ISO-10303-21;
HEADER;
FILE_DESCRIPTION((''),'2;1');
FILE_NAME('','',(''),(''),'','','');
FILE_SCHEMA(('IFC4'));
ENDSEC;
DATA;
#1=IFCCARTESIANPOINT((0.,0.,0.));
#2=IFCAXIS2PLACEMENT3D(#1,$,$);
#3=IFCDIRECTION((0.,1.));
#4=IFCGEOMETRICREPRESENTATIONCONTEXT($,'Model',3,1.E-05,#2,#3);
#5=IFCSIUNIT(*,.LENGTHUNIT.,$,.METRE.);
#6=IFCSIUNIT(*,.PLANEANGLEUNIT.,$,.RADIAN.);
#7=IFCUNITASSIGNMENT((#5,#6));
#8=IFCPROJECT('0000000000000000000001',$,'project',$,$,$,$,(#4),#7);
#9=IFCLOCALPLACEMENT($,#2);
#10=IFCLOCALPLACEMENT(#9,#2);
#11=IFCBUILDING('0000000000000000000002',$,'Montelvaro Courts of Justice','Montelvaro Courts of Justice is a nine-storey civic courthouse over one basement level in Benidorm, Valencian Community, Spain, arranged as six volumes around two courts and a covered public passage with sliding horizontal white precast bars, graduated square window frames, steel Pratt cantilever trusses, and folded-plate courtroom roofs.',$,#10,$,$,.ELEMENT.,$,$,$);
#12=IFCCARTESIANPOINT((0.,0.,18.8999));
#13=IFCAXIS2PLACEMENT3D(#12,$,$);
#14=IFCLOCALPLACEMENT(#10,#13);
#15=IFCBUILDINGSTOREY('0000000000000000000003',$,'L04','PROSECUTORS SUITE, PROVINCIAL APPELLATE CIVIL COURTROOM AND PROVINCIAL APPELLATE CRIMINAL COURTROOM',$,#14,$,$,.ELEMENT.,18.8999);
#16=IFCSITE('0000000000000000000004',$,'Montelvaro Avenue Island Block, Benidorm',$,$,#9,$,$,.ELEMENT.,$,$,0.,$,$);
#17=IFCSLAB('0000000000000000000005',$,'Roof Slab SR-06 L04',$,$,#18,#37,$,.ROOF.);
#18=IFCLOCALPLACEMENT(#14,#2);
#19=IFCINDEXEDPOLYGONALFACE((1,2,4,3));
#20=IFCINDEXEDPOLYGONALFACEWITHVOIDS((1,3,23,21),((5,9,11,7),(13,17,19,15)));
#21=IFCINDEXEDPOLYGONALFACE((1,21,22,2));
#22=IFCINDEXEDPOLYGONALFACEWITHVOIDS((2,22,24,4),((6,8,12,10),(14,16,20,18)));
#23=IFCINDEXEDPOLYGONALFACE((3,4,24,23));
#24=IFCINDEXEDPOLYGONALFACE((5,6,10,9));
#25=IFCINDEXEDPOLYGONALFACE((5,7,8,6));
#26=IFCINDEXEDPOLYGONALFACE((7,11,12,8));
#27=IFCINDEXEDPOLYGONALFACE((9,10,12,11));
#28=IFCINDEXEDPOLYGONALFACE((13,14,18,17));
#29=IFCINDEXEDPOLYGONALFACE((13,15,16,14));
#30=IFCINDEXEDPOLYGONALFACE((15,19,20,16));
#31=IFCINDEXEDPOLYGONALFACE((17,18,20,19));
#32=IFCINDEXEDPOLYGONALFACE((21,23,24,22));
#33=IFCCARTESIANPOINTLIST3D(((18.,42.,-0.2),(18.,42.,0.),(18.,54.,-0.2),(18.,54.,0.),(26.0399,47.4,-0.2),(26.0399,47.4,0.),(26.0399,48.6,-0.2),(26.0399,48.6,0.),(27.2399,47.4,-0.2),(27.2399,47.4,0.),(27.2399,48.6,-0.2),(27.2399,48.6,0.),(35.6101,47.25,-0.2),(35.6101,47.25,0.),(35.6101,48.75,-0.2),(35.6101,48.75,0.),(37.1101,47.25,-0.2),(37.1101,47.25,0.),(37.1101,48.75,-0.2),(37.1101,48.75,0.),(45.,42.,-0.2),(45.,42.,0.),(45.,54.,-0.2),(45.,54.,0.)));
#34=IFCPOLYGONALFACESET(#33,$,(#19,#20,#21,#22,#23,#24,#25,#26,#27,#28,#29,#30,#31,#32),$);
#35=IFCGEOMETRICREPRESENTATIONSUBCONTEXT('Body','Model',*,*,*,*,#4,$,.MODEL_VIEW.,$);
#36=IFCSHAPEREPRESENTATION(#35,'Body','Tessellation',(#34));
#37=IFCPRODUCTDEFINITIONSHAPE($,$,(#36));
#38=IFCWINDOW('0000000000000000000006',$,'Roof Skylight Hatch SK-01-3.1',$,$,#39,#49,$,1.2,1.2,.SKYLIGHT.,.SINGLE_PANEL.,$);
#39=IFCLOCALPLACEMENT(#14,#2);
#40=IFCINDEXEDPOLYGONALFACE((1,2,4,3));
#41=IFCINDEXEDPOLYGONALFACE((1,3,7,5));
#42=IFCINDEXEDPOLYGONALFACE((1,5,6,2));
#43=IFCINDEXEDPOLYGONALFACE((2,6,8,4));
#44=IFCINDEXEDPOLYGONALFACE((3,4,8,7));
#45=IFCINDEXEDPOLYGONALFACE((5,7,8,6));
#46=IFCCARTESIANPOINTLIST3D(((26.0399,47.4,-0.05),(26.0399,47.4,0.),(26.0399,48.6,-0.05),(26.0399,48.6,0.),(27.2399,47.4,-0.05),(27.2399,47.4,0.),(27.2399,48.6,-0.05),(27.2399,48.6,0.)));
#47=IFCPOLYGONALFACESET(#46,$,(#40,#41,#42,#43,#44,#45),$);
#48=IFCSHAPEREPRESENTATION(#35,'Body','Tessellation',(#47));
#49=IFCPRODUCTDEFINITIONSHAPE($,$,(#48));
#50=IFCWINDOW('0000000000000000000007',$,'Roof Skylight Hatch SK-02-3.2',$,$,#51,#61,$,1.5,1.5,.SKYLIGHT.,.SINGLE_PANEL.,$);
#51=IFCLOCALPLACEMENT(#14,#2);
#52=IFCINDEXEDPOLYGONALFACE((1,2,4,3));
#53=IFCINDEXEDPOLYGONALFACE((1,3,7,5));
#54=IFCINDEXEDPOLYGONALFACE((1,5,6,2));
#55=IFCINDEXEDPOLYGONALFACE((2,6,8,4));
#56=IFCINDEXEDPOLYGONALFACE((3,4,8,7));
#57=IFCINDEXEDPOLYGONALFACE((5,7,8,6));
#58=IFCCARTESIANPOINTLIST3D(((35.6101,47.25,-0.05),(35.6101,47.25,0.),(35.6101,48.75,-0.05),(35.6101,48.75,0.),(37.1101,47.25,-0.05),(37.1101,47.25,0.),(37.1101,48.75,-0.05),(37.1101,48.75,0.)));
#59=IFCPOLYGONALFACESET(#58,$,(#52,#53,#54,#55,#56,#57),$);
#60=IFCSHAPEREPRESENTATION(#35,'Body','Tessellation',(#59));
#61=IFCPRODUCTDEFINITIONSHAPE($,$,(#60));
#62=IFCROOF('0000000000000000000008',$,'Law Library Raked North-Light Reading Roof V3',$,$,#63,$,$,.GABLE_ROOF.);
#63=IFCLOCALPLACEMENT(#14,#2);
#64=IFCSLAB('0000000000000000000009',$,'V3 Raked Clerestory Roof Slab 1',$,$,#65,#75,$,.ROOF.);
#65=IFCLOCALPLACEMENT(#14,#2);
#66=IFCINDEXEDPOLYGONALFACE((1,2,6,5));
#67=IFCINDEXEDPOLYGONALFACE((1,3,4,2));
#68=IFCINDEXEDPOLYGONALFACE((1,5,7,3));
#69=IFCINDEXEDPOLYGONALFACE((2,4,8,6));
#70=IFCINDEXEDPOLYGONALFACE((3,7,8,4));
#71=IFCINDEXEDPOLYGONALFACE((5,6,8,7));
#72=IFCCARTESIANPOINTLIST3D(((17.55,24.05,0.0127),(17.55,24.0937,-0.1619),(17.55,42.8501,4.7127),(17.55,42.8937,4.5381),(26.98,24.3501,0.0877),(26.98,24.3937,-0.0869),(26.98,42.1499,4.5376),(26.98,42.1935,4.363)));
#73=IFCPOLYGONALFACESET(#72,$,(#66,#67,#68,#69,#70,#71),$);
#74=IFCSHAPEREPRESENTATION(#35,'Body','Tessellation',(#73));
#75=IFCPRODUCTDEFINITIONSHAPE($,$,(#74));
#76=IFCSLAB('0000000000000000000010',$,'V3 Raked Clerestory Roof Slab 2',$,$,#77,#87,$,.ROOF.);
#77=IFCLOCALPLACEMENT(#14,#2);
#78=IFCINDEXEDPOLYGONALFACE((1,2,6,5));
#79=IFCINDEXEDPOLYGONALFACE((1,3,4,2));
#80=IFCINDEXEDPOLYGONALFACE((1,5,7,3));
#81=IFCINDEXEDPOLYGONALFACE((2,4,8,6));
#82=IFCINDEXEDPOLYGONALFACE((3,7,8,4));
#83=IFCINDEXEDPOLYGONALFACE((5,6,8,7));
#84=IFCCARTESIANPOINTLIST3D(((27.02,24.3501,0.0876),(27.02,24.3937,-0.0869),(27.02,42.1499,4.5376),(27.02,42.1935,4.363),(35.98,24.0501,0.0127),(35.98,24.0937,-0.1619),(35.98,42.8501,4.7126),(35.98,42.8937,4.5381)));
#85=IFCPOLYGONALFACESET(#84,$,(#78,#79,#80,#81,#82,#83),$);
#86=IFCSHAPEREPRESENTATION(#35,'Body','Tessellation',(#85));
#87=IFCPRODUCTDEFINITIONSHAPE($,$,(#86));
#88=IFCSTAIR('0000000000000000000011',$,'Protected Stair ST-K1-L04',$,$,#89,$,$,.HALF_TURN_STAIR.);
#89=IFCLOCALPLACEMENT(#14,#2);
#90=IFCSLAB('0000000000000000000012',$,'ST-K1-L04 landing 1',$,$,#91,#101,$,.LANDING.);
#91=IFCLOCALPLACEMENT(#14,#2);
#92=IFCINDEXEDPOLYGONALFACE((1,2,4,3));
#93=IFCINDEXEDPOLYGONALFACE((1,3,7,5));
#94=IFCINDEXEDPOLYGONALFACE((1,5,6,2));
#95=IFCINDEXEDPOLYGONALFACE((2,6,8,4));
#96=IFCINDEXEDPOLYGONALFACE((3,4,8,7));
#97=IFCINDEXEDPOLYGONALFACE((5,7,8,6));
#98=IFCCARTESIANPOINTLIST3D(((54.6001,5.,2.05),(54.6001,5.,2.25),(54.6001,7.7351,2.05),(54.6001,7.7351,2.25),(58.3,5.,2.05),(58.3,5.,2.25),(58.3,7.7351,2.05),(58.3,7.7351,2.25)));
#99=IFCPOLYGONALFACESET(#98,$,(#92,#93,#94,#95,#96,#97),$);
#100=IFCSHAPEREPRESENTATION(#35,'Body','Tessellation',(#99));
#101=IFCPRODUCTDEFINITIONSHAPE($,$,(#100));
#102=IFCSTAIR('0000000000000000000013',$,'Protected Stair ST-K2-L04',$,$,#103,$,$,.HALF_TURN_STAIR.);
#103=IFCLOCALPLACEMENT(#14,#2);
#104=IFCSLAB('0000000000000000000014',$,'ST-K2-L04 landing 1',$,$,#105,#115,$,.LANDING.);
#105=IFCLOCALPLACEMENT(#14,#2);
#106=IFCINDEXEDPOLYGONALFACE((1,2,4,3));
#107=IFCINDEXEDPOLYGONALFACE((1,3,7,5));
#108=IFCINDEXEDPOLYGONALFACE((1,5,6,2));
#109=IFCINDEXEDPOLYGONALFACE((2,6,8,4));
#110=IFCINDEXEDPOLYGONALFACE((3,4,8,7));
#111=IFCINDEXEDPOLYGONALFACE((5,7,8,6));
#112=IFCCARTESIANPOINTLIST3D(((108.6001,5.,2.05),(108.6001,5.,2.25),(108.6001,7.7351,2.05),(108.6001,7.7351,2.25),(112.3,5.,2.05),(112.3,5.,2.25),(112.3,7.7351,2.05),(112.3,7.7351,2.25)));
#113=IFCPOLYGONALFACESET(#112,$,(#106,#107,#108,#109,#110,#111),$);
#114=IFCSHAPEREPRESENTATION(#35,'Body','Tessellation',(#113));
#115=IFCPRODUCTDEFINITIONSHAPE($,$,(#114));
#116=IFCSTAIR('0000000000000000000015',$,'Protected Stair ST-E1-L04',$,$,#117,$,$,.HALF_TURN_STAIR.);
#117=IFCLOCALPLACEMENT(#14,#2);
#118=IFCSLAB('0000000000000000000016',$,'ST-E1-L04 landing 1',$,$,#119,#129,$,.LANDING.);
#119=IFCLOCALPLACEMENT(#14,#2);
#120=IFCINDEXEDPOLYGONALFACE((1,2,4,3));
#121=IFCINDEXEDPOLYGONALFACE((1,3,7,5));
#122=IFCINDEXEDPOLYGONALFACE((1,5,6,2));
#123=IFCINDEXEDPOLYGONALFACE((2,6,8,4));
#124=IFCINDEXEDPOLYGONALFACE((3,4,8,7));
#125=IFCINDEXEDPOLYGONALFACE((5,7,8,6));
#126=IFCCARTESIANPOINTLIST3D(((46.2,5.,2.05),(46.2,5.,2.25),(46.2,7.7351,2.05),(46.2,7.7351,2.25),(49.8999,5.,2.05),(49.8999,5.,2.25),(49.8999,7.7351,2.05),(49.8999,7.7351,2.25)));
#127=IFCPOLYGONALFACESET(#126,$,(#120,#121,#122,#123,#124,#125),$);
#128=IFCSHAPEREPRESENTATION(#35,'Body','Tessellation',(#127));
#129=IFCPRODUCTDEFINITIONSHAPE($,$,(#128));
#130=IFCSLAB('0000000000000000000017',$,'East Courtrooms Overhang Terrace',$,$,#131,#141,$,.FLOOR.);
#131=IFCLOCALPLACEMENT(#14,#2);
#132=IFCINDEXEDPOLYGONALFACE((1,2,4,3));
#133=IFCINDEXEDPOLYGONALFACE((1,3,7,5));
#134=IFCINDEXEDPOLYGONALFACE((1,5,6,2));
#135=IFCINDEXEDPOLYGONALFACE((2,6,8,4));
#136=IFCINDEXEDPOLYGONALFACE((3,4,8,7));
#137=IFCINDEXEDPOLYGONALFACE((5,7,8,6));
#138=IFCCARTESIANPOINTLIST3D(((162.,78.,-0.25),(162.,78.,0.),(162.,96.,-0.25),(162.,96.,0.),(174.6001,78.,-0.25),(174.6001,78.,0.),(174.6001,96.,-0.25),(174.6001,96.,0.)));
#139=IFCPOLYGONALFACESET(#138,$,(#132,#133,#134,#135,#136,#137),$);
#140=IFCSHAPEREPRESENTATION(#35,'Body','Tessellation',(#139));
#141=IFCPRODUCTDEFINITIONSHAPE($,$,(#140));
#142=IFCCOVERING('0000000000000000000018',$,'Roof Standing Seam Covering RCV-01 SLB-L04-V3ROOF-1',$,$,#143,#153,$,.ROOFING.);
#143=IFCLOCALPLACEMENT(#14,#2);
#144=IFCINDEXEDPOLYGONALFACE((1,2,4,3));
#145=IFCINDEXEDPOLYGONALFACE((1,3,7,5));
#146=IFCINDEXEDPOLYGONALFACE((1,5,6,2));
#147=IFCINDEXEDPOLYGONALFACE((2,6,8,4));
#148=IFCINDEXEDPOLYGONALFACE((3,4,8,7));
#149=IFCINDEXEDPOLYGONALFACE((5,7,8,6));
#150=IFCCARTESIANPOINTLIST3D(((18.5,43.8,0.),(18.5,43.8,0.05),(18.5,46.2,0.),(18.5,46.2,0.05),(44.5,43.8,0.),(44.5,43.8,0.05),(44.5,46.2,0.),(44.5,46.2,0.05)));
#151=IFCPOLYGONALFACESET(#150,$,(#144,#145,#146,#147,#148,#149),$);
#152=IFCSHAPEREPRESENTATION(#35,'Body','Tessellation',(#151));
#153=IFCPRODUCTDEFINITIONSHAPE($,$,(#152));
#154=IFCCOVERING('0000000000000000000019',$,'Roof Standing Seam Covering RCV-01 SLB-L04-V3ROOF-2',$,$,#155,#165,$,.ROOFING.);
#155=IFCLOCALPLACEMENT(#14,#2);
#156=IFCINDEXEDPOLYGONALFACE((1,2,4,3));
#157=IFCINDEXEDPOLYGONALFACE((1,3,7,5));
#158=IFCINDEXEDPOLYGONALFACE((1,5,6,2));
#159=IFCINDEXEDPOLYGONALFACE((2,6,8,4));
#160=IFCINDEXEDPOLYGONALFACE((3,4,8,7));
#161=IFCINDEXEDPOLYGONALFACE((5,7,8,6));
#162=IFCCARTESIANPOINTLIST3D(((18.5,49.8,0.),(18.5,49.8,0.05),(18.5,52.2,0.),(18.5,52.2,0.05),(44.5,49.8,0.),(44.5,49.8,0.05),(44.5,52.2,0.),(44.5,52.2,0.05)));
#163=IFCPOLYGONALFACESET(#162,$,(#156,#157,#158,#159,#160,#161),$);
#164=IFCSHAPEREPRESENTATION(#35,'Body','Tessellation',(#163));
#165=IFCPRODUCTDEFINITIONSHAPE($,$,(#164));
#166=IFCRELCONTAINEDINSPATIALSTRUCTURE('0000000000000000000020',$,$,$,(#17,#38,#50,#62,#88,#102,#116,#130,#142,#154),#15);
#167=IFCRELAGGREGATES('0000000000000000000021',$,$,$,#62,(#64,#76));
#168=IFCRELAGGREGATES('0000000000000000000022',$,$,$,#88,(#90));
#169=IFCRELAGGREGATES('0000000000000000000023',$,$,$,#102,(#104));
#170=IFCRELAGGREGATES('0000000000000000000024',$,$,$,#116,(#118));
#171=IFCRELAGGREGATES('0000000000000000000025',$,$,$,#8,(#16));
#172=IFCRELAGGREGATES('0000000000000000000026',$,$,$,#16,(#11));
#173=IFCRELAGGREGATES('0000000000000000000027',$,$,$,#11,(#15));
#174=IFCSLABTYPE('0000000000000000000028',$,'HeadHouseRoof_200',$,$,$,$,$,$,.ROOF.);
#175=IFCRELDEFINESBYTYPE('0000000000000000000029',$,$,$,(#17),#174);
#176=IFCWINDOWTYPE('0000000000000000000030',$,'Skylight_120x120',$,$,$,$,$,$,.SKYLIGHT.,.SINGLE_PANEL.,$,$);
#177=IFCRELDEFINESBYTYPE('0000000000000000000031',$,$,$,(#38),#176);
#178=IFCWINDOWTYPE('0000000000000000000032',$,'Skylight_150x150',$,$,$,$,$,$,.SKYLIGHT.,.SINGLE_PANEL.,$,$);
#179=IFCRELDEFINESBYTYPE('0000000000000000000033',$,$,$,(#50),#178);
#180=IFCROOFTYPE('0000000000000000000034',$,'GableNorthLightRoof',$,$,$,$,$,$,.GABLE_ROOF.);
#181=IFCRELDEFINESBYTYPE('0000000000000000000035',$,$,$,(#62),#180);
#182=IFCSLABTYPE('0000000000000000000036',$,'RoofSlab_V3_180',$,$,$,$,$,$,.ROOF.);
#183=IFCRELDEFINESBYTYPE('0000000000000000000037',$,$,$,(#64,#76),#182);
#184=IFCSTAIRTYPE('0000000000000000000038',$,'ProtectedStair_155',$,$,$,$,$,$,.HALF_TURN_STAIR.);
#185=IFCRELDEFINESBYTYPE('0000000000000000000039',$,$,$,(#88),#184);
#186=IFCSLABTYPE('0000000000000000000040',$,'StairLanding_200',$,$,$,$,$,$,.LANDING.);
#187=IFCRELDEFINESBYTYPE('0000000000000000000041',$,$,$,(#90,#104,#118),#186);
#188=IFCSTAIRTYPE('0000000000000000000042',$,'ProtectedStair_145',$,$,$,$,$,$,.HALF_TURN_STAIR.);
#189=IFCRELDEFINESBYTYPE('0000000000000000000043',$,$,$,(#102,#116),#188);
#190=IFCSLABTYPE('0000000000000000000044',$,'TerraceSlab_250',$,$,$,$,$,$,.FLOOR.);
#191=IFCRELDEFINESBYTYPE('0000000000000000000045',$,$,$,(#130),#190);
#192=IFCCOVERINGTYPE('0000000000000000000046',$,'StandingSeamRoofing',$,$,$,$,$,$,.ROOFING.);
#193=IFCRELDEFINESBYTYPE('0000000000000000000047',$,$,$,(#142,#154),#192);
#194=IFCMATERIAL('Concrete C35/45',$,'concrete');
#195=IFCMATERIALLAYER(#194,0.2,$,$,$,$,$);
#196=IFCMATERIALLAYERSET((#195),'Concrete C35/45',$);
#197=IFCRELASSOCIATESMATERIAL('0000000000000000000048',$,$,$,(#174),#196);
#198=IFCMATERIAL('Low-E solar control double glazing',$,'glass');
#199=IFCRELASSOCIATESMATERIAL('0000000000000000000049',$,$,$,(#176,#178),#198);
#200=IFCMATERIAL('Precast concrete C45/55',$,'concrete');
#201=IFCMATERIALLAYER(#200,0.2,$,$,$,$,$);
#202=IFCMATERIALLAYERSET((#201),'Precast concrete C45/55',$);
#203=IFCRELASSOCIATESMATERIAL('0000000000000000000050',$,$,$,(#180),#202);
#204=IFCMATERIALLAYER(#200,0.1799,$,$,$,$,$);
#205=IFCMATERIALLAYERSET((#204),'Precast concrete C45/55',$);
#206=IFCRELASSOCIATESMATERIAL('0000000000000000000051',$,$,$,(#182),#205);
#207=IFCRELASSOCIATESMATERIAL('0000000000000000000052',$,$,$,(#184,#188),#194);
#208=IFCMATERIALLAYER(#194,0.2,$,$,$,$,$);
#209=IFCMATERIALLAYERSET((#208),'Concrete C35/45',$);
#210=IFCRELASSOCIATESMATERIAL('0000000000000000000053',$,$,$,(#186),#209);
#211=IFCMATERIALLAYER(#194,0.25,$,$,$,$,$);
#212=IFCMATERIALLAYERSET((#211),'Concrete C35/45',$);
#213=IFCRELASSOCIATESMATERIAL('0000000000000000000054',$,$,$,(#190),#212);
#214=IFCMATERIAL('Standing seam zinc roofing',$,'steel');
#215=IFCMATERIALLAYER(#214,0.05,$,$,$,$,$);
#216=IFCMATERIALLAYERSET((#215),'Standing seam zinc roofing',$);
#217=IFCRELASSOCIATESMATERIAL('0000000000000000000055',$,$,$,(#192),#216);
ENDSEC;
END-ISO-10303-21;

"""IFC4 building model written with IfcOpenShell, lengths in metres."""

from ifc_helpers import new_model, si_unit, direction, frame, origin, origin_2d, place, context, subcontext, project, spatial, polyline, rectangle, outline, extrude, material, layer, layer_set, type_object, element, fill, aggregate, save


model = new_model("IFC4")

# Units and contexts
model_context = context("Model", 3, precision=1e-05, world=origin(), true_north=direction((0.0, 1.0)))
body_context = subcontext(model_context, "Body", "Model", "MODEL_VIEW")
ifc_project = project(units=[si_unit("LENGTHUNIT", "METRE"), si_unit("PLANEANGLEUNIT", "RADIAN")], contexts=[model_context])

# Site, building, storey
site_placement = place(None, origin())
site = spatial("IfcSite", under=ifc_project, at=site_placement, Name="Montelvaro Avenue Island Block, Benidorm", CompositionType="ELEMENT", RefElevation=0.0)
building_placement = place(site_placement, origin())
building = spatial("IfcBuilding", under=site, at=building_placement, Name="Montelvaro Courts of Justice", Description="Montelvaro Courts of Justice is a nine-storey civic courthouse over one basement level in Benidorm, Valencian Community, Spain, arranged as six volumes around two courts and a covered public passage with sliding horizontal white precast bars, graduated square window frames, steel Pratt cantilever trusses, and folded-plate courtroom roofs.", CompositionType="ELEMENT")
storey_placement = place(building_placement, frame((0.0, 0.0, 18.8999)))
storey = spatial("IfcBuildingStorey", under=building, at=storey_placement, Name="L04", Description="PROSECUTORS SUITE, PROVINCIAL APPELLATE CIVIL COURTROOM AND PROVINCIAL APPELLATE CRIMINAL COURTROOM", CompositionType="ELEMENT", Elevation=18.8999)

# Shared definitions
ifc_material_1 = material(Name="Concrete C35/45", Category="concrete")

# Slab, openings, windows
ifc_layer_1 = layer(ifc_material_1, 0.2)
ifc_layer_set_1 = layer_set([ifc_layer_1], Name="Concrete C35/45")
slab_type_1 = type_object("IfcSlabType", Name="HeadHouseRoof_200", PredefinedType="ROOF", material=ifc_layer_set_1)
slab_1_placement = place(storey_placement, frame((0.0, 0.0, -0.2)))
slab_1 = element("IfcSlab", 1, at=slab_1_placement, inside=storey, type_object=slab_type_1, Name="Roof Slab SR-06 L04", PredefinedType="ROOF", context=body_context, shape_type="SweptSolid", body=[
    extrude(outline(polyline([(18.0, 42.0), (45.0, 42.0), (45.0, 54.0), (18.0, 54.0), (18.0, 42.0)])), origin(), (0.0, 0.0, 1.0), 0.2),
])
opening_1_placement = place(slab_1_placement, frame((26.6399, 48.0, -0.0149)))
opening_1 = element("IfcOpeningElement", 2, at=opening_1_placement, cuts=slab_1, PredefinedType="OPENING", context=body_context, shape_type="SweptSolid", body=[
    extrude(rectangle(XDim=1.2, YDim=1.2, at=origin_2d()), origin(), (0.0, 0.0, 1.0), 0.2297),
])
opening_2_placement = place(slab_1_placement, frame((36.3601, 48.0, -0.0149)))
opening_2 = element("IfcOpeningElement", 3, at=opening_2_placement, cuts=slab_1, PredefinedType="OPENING", context=body_context, shape_type="SweptSolid", body=[
    extrude(rectangle(XDim=1.5, YDim=1.5, at=origin_2d()), origin(), (0.0, 0.0, 1.0), 0.2297),
])
ifc_material_2 = material(Name="Low-E solar control double glazing", Category="glass")
window_type_1 = type_object("IfcWindowType", Name="Skylight_120x120", PartitioningType="SINGLE_PANEL", PredefinedType="SKYLIGHT", material=ifc_material_2)
window_1_placement = place(slab_1_placement, frame((26.6399, 48.0, 0.1499)))
window_1 = element("IfcWindow", 4, at=window_1_placement, inside=storey, type_object=window_type_1, Name="Roof Skylight Hatch SK-01-3.1", OverallHeight=1.2, OverallWidth=1.2, PartitioningType="SINGLE_PANEL", PredefinedType="SKYLIGHT", context=body_context, shape_type="SweptSolid", body=[
    extrude(rectangle(XDim=1.2, YDim=1.2, at=origin_2d()), origin(), (0.0, 0.0, 1.0), 0.05),
])
fill(opening_1, window_1)
window_type_2 = type_object("IfcWindowType", Name="Skylight_150x150", PartitioningType="SINGLE_PANEL", PredefinedType="SKYLIGHT", material=ifc_material_2)
window_2_placement = place(slab_1_placement, frame((36.3601, 48.0, 0.1499)))
window_2 = element("IfcWindow", 5, at=window_2_placement, inside=storey, type_object=window_type_2, Name="Roof Skylight Hatch SK-02-3.2", OverallHeight=1.5, OverallWidth=1.5, PartitioningType="SINGLE_PANEL", PredefinedType="SKYLIGHT", context=body_context, shape_type="SweptSolid", body=[
    extrude(rectangle(XDim=1.5, YDim=1.5, at=origin_2d()), origin(), (0.0, 0.0, 1.0), 0.05),
])
fill(opening_2, window_2)

# Roof, slabs
ifc_material_3 = material(Name="Precast concrete C45/55", Category="concrete")
ifc_layer_2 = layer(ifc_material_3, 0.2)
ifc_layer_set_2 = layer_set([ifc_layer_2], Name="Precast concrete C45/55")
roof_type = type_object("IfcRoofType", Name="GableNorthLightRoof", PredefinedType="GABLE_ROOF", material=ifc_layer_set_2)
roof_placement = place(storey_placement, origin())
roof = element("IfcRoof", 6, at=roof_placement, inside=storey, type_object=roof_type, Name="Law Library Raked North-Light Reading Roof V3", PredefinedType="GABLE_ROOF")
ifc_layer_3 = layer(ifc_material_3, 0.1799)
ifc_layer_set_3 = layer_set([ifc_layer_3], Name="Precast concrete C45/55")
slab_type_2 = type_object("IfcSlabType", Name="RoofSlab_V3_180", PredefinedType="ROOF", material=ifc_layer_set_3)
slab_2_placement = place(storey_placement, frame((17.55, 24.05, 0.0127), z_axis=(0.000003, -0.242534, 0.970143), x_axis=(0.999463, 0.031801, 0.007947)))
slab_2 = element("IfcSlab", 7, at=slab_2_placement, type_object=slab_type_2, Name="V3 Raked Clerestory Roof Slab 1", PredefinedType="ROOF", context=body_context, shape_type="SweptSolid", body=[
    extrude(outline(polyline([(0.0, 0.0), (9.435, 0.0), (10.0364, 18.3378), (0.6352, 19.3682), (0.0, 0.0)])), origin(), (0.0, 0.0, -1.0), 0.1799),
])
slab_3_placement = place(storey_placement, frame((27.02, 24.3501, 0.0876), z_axis=(-0.000003, -0.242534, 0.970143), x_axis=(0.999405, -0.033467, -0.008363)))
slab_3 = element("IfcSlab", 8, at=slab_3_placement, type_object=slab_type_2, Name="V3 Raked Clerestory Roof Slab 2", PredefinedType="ROOF", context=body_context, shape_type="SweptSolid", body=[
    extrude(outline(polyline([(0.0, 0.0), (8.9653, 0.0), (8.2968, 19.3671), (-0.6329, 18.3367), (0.0, 0.0)])), origin(), (0.0, 0.0, -1.0), 0.1799),
])
aggregate(roof, [slab_2, slab_3])

# Stairs, slabs
stair_type_1 = type_object("IfcStairType", Name="ProtectedStair_155", PredefinedType="HALF_TURN_STAIR", material=ifc_material_1)
stair_1_placement = place(storey_placement, origin())
stair_1 = element("IfcStair", 9, at=stair_1_placement, inside=storey, type_object=stair_type_1, Name="Protected Stair ST-K1-L04", PredefinedType="HALF_TURN_STAIR")
ifc_layer_4 = layer(ifc_material_1, 0.2)
ifc_layer_set_4 = layer_set([ifc_layer_4], Name="Concrete C35/45")
slab_type_3 = type_object("IfcSlabType", Name="StairLanding_200", PredefinedType="LANDING", material=ifc_layer_set_4)
slab_4_placement = place(storey_placement, frame((0.0, 0.0, 2.05)))
slab_4 = element("IfcSlab", 10, at=slab_4_placement, type_object=slab_type_3, Name="ST-K1-L04 landing 1", PredefinedType="LANDING", context=body_context, shape_type="SweptSolid", body=[
    extrude(outline(polyline([(54.6001, 5.0), (58.3, 5.0), (58.3, 7.7351), (54.6001, 7.7351), (54.6001, 5.0)])), origin(), (0.0, 0.0, 1.0), 0.2),
])
aggregate(stair_1, [slab_4])
stair_type_2 = type_object("IfcStairType", Name="ProtectedStair_145", PredefinedType="HALF_TURN_STAIR", material=ifc_material_1)
stair_2_placement = place(storey_placement, origin())
stair_2 = element("IfcStair", 11, at=stair_2_placement, inside=storey, type_object=stair_type_2, Name="Protected Stair ST-K2-L04", PredefinedType="HALF_TURN_STAIR")
slab_5_placement = place(storey_placement, frame((0.0, 0.0, 2.05)))
slab_5 = element("IfcSlab", 12, at=slab_5_placement, type_object=slab_type_3, Name="ST-K2-L04 landing 1", PredefinedType="LANDING", context=body_context, shape_type="SweptSolid", body=[
    extrude(outline(polyline([(108.6001, 5.0), (112.3, 5.0), (112.3, 7.7351), (108.6001, 7.7351), (108.6001, 5.0)])), origin(), (0.0, 0.0, 1.0), 0.2),
])
aggregate(stair_2, [slab_5])
stair_3_placement = place(storey_placement, origin())
stair_3 = element("IfcStair", 13, at=stair_3_placement, inside=storey, type_object=stair_type_2, Name="Protected Stair ST-E1-L04", PredefinedType="HALF_TURN_STAIR")
slab_6_placement = place(storey_placement, frame((0.0, 0.0, 2.05)))
slab_6 = element("IfcSlab", 14, at=slab_6_placement, type_object=slab_type_3, Name="ST-E1-L04 landing 1", PredefinedType="LANDING", context=body_context, shape_type="SweptSolid", body=[
    extrude(outline(polyline([(46.2, 5.0), (49.8999, 5.0), (49.8999, 7.7351), (46.2, 7.7351), (46.2, 5.0)])), origin(), (0.0, 0.0, 1.0), 0.2),
])
aggregate(stair_3, [slab_6])

# Slab
ifc_layer_5 = layer(ifc_material_1, 0.25)
ifc_layer_set_5 = layer_set([ifc_layer_5], Name="Concrete C35/45")
slab_type_4 = type_object("IfcSlabType", Name="TerraceSlab_250", PredefinedType="FLOOR", material=ifc_layer_set_5)
slab_7_placement = place(storey_placement, frame((0.0, 0.0, -0.25)))
element("IfcSlab", 15, at=slab_7_placement, inside=storey, type_object=slab_type_4, Name="East Courtrooms Overhang Terrace", PredefinedType="FLOOR", context=body_context, shape_type="SweptSolid", body=[
    extrude(outline(polyline([(162.0, 78.0), (174.6001, 78.0), (174.6001, 96.0), (162.0, 96.0), (162.0, 78.0)])), origin(), (0.0, 0.0, 1.0), 0.25),
])

# Coverings
ifc_material_4 = material(Name="Standing seam zinc roofing", Category="steel")
ifc_layer_6 = layer(ifc_material_4, 0.05)
ifc_layer_set_6 = layer_set([ifc_layer_6], Name="Standing seam zinc roofing")
covering_type = type_object("IfcCoveringType", Name="StandingSeamRoofing", PredefinedType="ROOFING", material=ifc_layer_set_6)
covering_1_placement = place(storey_placement, origin())
element("IfcCovering", 16, at=covering_1_placement, inside=storey, type_object=covering_type, Name="Roof Standing Seam Covering RCV-01 SLB-L04-V3ROOF-1", PredefinedType="ROOFING", context=body_context, shape_type="SweptSolid", body=[
    extrude(outline(polyline([(18.5, 43.8), (44.5, 43.8), (44.5, 46.2), (18.5, 46.2), (18.5, 43.8)])), origin(), (0.0, 0.0, 1.0), 0.05),
])
covering_2_placement = place(storey_placement, origin())
element("IfcCovering", 17, at=covering_2_placement, inside=storey, type_object=covering_type, Name="Roof Standing Seam Covering RCV-01 SLB-L04-V3ROOF-2", PredefinedType="ROOFING", context=body_context, shape_type="SweptSolid", body=[
    extrude(outline(polyline([(18.5, 49.8), (44.5, 49.8), (44.5, 52.2), (18.5, 52.2), (18.5, 49.8)])), origin(), (0.0, 0.0, 1.0), 0.05),
])

save(model, "model.ifc")
